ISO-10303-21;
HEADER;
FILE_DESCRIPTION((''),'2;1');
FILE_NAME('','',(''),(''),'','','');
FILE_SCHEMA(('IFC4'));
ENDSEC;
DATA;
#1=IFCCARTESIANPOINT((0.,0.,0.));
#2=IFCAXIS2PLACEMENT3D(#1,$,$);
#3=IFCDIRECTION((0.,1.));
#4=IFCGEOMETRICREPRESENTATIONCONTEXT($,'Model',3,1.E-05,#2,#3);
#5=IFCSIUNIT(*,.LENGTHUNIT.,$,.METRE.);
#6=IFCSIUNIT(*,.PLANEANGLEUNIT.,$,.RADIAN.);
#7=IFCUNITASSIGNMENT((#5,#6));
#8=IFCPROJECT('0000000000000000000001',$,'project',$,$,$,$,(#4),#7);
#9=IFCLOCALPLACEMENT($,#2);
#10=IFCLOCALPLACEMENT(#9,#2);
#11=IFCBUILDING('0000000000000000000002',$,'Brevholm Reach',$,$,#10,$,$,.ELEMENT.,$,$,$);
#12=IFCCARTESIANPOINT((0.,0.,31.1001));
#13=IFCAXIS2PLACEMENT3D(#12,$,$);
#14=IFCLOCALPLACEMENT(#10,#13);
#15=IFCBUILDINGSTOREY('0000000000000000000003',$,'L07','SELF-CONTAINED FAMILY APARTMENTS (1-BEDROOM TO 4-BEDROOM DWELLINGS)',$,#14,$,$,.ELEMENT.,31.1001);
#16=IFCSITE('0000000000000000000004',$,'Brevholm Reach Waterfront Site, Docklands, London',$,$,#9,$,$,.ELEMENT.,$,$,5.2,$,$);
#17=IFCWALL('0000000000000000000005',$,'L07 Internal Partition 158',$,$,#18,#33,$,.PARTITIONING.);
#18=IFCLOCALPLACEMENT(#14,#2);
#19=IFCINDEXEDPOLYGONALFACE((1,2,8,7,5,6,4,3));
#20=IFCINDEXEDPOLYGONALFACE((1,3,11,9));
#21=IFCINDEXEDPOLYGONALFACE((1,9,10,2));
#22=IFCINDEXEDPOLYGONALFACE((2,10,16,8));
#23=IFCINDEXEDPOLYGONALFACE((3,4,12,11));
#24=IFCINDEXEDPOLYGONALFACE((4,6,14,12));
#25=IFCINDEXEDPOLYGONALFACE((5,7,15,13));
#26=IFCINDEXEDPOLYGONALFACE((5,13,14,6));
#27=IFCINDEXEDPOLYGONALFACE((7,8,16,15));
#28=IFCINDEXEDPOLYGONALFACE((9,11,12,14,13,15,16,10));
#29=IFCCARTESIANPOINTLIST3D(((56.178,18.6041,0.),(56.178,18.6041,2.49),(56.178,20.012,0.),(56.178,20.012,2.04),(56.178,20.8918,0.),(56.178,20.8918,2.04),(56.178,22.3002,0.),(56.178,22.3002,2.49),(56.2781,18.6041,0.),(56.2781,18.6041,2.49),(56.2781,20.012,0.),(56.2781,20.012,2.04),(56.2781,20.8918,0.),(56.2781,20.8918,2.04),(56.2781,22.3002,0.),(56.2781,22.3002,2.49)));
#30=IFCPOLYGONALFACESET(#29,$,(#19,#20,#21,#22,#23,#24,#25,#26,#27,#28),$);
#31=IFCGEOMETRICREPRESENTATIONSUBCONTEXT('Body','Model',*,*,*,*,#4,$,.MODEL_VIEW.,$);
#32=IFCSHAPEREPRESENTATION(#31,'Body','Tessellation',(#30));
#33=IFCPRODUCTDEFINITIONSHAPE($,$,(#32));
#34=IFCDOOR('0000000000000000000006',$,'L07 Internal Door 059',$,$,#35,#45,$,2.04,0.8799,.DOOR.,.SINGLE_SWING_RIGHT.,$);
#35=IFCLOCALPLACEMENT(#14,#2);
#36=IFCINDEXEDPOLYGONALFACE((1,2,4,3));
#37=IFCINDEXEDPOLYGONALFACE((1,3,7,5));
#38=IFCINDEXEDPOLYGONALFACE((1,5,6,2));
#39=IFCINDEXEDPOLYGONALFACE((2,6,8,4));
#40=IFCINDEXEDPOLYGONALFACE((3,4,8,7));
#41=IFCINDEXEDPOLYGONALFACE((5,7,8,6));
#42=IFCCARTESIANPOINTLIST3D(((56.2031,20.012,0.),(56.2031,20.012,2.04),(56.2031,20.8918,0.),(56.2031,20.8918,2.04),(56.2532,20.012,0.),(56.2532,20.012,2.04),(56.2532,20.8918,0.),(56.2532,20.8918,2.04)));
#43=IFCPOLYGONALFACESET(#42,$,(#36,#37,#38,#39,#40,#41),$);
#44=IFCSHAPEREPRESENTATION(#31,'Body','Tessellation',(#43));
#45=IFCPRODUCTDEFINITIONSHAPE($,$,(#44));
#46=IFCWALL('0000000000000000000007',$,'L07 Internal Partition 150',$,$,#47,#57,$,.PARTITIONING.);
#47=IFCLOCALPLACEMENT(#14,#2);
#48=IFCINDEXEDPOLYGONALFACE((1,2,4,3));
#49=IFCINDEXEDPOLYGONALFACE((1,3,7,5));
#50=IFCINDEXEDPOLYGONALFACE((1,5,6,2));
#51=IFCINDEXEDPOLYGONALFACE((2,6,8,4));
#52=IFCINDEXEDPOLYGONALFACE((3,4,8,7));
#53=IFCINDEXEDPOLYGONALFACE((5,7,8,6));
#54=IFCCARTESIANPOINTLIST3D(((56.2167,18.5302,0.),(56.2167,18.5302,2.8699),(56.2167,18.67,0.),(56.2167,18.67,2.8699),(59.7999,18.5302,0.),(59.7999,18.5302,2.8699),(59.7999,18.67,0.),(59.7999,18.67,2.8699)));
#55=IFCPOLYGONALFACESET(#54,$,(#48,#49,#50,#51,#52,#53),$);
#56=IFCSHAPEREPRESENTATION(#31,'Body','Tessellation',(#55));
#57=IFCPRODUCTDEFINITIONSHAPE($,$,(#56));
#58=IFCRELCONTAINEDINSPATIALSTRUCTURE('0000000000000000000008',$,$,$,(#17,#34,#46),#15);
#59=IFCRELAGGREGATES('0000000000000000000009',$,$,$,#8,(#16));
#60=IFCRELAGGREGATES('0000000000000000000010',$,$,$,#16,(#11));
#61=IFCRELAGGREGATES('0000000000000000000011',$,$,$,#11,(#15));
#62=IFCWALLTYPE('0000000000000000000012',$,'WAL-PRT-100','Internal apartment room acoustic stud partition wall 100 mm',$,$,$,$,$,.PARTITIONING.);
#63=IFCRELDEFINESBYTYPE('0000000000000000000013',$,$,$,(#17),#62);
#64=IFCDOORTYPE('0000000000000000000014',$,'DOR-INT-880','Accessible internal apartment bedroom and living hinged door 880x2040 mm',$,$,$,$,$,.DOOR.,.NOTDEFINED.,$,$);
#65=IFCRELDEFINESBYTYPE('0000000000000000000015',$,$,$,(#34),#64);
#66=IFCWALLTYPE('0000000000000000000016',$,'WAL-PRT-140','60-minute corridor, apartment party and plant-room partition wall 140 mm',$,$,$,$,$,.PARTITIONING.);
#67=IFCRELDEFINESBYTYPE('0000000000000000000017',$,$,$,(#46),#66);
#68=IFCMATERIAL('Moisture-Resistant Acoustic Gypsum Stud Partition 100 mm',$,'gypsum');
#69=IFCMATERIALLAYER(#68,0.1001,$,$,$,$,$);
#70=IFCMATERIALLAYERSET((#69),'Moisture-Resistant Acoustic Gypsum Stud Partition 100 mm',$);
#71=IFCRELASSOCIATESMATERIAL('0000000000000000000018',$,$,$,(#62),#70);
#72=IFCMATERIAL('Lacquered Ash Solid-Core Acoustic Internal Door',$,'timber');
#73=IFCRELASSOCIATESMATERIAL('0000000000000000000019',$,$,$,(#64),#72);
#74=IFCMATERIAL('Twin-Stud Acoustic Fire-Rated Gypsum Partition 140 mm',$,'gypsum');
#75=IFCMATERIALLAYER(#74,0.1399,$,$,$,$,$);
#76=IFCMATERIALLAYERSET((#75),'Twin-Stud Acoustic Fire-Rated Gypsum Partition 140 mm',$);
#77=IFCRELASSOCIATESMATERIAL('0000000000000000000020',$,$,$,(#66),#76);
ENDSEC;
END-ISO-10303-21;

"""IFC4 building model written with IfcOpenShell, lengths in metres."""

from ifc_helpers import new_model, si_unit, direction, frame, frame_2d, origin, place, context, subcontext, project, spatial, rectangle, extrude, material, layer, layer_set, type_object, element, fill, save


model = new_model("IFC4")

# Units and contexts
model_context = context("Model", 3, precision=1e-05, world=origin(), true_north=direction((0.0, 1.0)))
body_context = subcontext(model_context, "Body", "Model", "MODEL_VIEW")
ifc_project = project(units=[si_unit("LENGTHUNIT", "METRE"), si_unit("PLANEANGLEUNIT", "RADIAN")], contexts=[model_context])

# Site, building, storey
site_placement = place(None, origin())
site = spatial("IfcSite", under=ifc_project, at=site_placement, Name="Brevholm Reach Waterfront Site, Docklands, London", CompositionType="ELEMENT", RefElevation=5.2)
building_placement = place(site_placement, origin())
building = spatial("IfcBuilding", under=site, at=building_placement, Name="Brevholm Reach", CompositionType="ELEMENT")
storey_placement = place(building_placement, frame((0.0, 0.0, 31.1001)))
storey = spatial("IfcBuildingStorey", under=building, at=storey_placement, Name="L07", Description="SELF-CONTAINED FAMILY APARTMENTS (1-BEDROOM TO 4-BEDROOM DWELLINGS)", CompositionType="ELEMENT", Elevation=31.1001)

# Shared definitions
ifc_material_1 = material(Name="Moisture-Resistant Acoustic Gypsum Stud Partition 100 mm", Category="gypsum")
ifc_layer_1 = layer(ifc_material_1, 0.1001)
ifc_layer_set_1 = layer_set([ifc_layer_1], Name="Moisture-Resistant Acoustic Gypsum Stud Partition 100 mm")
wall_type_1 = type_object("IfcWallType", Name="WAL-PRT-100", Description="Internal apartment room acoustic stud partition wall 100 mm", PredefinedType="PARTITIONING", material=ifc_layer_set_1)

# Wall, opening, door
wall_1_placement = place(storey_placement, frame((56.228, 18.604, 0.0), z_axis=(0.0, 0.0, 1.0), x_axis=(0.0, 1.0, 0.0)))
wall_1 = element("IfcWall", 1, at=wall_1_placement, inside=storey, type_object=wall_type_1, Name="L07 Internal Partition 158", PredefinedType="PARTITIONING", context=body_context, shape_type="SweptSolid", body=[
    extrude(rectangle(XDim=3.696, YDim=0.1001, at=frame_2d((1.8481, 0.0))), origin(), (0.0, 0.0, 1.0), 2.49),
])
opening_1_placement = place(wall_1_placement, frame((1.408, 0.0, 0.0)))
opening_1 = element("IfcOpeningElement", 2, at=opening_1_placement, cuts=wall_1, PredefinedType="OPENING", context=body_context, shape_type="SweptSolid", body=[
    extrude(rectangle(XDim=0.8799, YDim=2.04, at=frame_2d((0.4399, 1.02))), frame((0.0, 0.0601, 0.0), z_axis=(0.0, -1.0, 0.0), x_axis=(1.0, 0.0, 0.0)), (0.0, 0.0, 1.0), 0.1201),
])
ifc_material_2 = material(Name="Lacquered Ash Solid-Core Acoustic Internal Door", Category="timber")
door_type = type_object("IfcDoorType", Name="DOR-INT-880", Description="Accessible internal apartment bedroom and living hinged door 880x2040 mm", OperationType="NOTDEFINED", PredefinedType="DOOR", material=ifc_material_2)
door_placement = place(opening_1_placement, origin())
door = element("IfcDoor", 3, at=door_placement, inside=storey, type_object=door_type, Name="L07 Internal Door 059", OperationType="SINGLE_SWING_RIGHT", OverallHeight=2.04, OverallWidth=0.8799, PredefinedType="DOOR", context=body_context, shape_type="SweptSolid", body=[
    extrude(rectangle(XDim=0.8799, YDim=2.04, at=frame_2d((0.4399, 1.02))), frame((0.0, 0.0249, 0.0), z_axis=(0.0, -1.0, 0.0), x_axis=(1.0, 0.0, 0.0)), (0.0, 0.0, 1.0), 0.05),
])
fill(opening_1, door)

# Wall
ifc_material_3 = material(Name="Twin-Stud Acoustic Fire-Rated Gypsum Partition 140 mm", Category="gypsum")
ifc_layer_2 = layer(ifc_material_3, 0.1399)
ifc_layer_set_2 = layer_set([ifc_layer_2], Name="Twin-Stud Acoustic Fire-Rated Gypsum Partition 140 mm")
wall_type_2 = type_object("IfcWallType", Name="WAL-PRT-140", Description="60-minute corridor, apartment party and plant-room partition wall 140 mm", PredefinedType="PARTITIONING", material=ifc_layer_set_2)
wall_2_placement = place(storey_placement, frame((56.2168, 18.6001, 0.0), z_axis=(0.0, 0.0, 1.0), x_axis=(1.0, 0.0, 0.0)))
element("IfcWall", 4, at=wall_2_placement, inside=storey, type_object=wall_type_2, Name="L07 Internal Partition 150", PredefinedType="PARTITIONING", context=body_context, shape_type="SweptSolid", body=[
    extrude(rectangle(XDim=3.5833, YDim=0.1399, at=frame_2d((1.7915, 0.0))), origin(), (0.0, 0.0, 1.0), 2.8699),
])

save(model, "model.ifc")
